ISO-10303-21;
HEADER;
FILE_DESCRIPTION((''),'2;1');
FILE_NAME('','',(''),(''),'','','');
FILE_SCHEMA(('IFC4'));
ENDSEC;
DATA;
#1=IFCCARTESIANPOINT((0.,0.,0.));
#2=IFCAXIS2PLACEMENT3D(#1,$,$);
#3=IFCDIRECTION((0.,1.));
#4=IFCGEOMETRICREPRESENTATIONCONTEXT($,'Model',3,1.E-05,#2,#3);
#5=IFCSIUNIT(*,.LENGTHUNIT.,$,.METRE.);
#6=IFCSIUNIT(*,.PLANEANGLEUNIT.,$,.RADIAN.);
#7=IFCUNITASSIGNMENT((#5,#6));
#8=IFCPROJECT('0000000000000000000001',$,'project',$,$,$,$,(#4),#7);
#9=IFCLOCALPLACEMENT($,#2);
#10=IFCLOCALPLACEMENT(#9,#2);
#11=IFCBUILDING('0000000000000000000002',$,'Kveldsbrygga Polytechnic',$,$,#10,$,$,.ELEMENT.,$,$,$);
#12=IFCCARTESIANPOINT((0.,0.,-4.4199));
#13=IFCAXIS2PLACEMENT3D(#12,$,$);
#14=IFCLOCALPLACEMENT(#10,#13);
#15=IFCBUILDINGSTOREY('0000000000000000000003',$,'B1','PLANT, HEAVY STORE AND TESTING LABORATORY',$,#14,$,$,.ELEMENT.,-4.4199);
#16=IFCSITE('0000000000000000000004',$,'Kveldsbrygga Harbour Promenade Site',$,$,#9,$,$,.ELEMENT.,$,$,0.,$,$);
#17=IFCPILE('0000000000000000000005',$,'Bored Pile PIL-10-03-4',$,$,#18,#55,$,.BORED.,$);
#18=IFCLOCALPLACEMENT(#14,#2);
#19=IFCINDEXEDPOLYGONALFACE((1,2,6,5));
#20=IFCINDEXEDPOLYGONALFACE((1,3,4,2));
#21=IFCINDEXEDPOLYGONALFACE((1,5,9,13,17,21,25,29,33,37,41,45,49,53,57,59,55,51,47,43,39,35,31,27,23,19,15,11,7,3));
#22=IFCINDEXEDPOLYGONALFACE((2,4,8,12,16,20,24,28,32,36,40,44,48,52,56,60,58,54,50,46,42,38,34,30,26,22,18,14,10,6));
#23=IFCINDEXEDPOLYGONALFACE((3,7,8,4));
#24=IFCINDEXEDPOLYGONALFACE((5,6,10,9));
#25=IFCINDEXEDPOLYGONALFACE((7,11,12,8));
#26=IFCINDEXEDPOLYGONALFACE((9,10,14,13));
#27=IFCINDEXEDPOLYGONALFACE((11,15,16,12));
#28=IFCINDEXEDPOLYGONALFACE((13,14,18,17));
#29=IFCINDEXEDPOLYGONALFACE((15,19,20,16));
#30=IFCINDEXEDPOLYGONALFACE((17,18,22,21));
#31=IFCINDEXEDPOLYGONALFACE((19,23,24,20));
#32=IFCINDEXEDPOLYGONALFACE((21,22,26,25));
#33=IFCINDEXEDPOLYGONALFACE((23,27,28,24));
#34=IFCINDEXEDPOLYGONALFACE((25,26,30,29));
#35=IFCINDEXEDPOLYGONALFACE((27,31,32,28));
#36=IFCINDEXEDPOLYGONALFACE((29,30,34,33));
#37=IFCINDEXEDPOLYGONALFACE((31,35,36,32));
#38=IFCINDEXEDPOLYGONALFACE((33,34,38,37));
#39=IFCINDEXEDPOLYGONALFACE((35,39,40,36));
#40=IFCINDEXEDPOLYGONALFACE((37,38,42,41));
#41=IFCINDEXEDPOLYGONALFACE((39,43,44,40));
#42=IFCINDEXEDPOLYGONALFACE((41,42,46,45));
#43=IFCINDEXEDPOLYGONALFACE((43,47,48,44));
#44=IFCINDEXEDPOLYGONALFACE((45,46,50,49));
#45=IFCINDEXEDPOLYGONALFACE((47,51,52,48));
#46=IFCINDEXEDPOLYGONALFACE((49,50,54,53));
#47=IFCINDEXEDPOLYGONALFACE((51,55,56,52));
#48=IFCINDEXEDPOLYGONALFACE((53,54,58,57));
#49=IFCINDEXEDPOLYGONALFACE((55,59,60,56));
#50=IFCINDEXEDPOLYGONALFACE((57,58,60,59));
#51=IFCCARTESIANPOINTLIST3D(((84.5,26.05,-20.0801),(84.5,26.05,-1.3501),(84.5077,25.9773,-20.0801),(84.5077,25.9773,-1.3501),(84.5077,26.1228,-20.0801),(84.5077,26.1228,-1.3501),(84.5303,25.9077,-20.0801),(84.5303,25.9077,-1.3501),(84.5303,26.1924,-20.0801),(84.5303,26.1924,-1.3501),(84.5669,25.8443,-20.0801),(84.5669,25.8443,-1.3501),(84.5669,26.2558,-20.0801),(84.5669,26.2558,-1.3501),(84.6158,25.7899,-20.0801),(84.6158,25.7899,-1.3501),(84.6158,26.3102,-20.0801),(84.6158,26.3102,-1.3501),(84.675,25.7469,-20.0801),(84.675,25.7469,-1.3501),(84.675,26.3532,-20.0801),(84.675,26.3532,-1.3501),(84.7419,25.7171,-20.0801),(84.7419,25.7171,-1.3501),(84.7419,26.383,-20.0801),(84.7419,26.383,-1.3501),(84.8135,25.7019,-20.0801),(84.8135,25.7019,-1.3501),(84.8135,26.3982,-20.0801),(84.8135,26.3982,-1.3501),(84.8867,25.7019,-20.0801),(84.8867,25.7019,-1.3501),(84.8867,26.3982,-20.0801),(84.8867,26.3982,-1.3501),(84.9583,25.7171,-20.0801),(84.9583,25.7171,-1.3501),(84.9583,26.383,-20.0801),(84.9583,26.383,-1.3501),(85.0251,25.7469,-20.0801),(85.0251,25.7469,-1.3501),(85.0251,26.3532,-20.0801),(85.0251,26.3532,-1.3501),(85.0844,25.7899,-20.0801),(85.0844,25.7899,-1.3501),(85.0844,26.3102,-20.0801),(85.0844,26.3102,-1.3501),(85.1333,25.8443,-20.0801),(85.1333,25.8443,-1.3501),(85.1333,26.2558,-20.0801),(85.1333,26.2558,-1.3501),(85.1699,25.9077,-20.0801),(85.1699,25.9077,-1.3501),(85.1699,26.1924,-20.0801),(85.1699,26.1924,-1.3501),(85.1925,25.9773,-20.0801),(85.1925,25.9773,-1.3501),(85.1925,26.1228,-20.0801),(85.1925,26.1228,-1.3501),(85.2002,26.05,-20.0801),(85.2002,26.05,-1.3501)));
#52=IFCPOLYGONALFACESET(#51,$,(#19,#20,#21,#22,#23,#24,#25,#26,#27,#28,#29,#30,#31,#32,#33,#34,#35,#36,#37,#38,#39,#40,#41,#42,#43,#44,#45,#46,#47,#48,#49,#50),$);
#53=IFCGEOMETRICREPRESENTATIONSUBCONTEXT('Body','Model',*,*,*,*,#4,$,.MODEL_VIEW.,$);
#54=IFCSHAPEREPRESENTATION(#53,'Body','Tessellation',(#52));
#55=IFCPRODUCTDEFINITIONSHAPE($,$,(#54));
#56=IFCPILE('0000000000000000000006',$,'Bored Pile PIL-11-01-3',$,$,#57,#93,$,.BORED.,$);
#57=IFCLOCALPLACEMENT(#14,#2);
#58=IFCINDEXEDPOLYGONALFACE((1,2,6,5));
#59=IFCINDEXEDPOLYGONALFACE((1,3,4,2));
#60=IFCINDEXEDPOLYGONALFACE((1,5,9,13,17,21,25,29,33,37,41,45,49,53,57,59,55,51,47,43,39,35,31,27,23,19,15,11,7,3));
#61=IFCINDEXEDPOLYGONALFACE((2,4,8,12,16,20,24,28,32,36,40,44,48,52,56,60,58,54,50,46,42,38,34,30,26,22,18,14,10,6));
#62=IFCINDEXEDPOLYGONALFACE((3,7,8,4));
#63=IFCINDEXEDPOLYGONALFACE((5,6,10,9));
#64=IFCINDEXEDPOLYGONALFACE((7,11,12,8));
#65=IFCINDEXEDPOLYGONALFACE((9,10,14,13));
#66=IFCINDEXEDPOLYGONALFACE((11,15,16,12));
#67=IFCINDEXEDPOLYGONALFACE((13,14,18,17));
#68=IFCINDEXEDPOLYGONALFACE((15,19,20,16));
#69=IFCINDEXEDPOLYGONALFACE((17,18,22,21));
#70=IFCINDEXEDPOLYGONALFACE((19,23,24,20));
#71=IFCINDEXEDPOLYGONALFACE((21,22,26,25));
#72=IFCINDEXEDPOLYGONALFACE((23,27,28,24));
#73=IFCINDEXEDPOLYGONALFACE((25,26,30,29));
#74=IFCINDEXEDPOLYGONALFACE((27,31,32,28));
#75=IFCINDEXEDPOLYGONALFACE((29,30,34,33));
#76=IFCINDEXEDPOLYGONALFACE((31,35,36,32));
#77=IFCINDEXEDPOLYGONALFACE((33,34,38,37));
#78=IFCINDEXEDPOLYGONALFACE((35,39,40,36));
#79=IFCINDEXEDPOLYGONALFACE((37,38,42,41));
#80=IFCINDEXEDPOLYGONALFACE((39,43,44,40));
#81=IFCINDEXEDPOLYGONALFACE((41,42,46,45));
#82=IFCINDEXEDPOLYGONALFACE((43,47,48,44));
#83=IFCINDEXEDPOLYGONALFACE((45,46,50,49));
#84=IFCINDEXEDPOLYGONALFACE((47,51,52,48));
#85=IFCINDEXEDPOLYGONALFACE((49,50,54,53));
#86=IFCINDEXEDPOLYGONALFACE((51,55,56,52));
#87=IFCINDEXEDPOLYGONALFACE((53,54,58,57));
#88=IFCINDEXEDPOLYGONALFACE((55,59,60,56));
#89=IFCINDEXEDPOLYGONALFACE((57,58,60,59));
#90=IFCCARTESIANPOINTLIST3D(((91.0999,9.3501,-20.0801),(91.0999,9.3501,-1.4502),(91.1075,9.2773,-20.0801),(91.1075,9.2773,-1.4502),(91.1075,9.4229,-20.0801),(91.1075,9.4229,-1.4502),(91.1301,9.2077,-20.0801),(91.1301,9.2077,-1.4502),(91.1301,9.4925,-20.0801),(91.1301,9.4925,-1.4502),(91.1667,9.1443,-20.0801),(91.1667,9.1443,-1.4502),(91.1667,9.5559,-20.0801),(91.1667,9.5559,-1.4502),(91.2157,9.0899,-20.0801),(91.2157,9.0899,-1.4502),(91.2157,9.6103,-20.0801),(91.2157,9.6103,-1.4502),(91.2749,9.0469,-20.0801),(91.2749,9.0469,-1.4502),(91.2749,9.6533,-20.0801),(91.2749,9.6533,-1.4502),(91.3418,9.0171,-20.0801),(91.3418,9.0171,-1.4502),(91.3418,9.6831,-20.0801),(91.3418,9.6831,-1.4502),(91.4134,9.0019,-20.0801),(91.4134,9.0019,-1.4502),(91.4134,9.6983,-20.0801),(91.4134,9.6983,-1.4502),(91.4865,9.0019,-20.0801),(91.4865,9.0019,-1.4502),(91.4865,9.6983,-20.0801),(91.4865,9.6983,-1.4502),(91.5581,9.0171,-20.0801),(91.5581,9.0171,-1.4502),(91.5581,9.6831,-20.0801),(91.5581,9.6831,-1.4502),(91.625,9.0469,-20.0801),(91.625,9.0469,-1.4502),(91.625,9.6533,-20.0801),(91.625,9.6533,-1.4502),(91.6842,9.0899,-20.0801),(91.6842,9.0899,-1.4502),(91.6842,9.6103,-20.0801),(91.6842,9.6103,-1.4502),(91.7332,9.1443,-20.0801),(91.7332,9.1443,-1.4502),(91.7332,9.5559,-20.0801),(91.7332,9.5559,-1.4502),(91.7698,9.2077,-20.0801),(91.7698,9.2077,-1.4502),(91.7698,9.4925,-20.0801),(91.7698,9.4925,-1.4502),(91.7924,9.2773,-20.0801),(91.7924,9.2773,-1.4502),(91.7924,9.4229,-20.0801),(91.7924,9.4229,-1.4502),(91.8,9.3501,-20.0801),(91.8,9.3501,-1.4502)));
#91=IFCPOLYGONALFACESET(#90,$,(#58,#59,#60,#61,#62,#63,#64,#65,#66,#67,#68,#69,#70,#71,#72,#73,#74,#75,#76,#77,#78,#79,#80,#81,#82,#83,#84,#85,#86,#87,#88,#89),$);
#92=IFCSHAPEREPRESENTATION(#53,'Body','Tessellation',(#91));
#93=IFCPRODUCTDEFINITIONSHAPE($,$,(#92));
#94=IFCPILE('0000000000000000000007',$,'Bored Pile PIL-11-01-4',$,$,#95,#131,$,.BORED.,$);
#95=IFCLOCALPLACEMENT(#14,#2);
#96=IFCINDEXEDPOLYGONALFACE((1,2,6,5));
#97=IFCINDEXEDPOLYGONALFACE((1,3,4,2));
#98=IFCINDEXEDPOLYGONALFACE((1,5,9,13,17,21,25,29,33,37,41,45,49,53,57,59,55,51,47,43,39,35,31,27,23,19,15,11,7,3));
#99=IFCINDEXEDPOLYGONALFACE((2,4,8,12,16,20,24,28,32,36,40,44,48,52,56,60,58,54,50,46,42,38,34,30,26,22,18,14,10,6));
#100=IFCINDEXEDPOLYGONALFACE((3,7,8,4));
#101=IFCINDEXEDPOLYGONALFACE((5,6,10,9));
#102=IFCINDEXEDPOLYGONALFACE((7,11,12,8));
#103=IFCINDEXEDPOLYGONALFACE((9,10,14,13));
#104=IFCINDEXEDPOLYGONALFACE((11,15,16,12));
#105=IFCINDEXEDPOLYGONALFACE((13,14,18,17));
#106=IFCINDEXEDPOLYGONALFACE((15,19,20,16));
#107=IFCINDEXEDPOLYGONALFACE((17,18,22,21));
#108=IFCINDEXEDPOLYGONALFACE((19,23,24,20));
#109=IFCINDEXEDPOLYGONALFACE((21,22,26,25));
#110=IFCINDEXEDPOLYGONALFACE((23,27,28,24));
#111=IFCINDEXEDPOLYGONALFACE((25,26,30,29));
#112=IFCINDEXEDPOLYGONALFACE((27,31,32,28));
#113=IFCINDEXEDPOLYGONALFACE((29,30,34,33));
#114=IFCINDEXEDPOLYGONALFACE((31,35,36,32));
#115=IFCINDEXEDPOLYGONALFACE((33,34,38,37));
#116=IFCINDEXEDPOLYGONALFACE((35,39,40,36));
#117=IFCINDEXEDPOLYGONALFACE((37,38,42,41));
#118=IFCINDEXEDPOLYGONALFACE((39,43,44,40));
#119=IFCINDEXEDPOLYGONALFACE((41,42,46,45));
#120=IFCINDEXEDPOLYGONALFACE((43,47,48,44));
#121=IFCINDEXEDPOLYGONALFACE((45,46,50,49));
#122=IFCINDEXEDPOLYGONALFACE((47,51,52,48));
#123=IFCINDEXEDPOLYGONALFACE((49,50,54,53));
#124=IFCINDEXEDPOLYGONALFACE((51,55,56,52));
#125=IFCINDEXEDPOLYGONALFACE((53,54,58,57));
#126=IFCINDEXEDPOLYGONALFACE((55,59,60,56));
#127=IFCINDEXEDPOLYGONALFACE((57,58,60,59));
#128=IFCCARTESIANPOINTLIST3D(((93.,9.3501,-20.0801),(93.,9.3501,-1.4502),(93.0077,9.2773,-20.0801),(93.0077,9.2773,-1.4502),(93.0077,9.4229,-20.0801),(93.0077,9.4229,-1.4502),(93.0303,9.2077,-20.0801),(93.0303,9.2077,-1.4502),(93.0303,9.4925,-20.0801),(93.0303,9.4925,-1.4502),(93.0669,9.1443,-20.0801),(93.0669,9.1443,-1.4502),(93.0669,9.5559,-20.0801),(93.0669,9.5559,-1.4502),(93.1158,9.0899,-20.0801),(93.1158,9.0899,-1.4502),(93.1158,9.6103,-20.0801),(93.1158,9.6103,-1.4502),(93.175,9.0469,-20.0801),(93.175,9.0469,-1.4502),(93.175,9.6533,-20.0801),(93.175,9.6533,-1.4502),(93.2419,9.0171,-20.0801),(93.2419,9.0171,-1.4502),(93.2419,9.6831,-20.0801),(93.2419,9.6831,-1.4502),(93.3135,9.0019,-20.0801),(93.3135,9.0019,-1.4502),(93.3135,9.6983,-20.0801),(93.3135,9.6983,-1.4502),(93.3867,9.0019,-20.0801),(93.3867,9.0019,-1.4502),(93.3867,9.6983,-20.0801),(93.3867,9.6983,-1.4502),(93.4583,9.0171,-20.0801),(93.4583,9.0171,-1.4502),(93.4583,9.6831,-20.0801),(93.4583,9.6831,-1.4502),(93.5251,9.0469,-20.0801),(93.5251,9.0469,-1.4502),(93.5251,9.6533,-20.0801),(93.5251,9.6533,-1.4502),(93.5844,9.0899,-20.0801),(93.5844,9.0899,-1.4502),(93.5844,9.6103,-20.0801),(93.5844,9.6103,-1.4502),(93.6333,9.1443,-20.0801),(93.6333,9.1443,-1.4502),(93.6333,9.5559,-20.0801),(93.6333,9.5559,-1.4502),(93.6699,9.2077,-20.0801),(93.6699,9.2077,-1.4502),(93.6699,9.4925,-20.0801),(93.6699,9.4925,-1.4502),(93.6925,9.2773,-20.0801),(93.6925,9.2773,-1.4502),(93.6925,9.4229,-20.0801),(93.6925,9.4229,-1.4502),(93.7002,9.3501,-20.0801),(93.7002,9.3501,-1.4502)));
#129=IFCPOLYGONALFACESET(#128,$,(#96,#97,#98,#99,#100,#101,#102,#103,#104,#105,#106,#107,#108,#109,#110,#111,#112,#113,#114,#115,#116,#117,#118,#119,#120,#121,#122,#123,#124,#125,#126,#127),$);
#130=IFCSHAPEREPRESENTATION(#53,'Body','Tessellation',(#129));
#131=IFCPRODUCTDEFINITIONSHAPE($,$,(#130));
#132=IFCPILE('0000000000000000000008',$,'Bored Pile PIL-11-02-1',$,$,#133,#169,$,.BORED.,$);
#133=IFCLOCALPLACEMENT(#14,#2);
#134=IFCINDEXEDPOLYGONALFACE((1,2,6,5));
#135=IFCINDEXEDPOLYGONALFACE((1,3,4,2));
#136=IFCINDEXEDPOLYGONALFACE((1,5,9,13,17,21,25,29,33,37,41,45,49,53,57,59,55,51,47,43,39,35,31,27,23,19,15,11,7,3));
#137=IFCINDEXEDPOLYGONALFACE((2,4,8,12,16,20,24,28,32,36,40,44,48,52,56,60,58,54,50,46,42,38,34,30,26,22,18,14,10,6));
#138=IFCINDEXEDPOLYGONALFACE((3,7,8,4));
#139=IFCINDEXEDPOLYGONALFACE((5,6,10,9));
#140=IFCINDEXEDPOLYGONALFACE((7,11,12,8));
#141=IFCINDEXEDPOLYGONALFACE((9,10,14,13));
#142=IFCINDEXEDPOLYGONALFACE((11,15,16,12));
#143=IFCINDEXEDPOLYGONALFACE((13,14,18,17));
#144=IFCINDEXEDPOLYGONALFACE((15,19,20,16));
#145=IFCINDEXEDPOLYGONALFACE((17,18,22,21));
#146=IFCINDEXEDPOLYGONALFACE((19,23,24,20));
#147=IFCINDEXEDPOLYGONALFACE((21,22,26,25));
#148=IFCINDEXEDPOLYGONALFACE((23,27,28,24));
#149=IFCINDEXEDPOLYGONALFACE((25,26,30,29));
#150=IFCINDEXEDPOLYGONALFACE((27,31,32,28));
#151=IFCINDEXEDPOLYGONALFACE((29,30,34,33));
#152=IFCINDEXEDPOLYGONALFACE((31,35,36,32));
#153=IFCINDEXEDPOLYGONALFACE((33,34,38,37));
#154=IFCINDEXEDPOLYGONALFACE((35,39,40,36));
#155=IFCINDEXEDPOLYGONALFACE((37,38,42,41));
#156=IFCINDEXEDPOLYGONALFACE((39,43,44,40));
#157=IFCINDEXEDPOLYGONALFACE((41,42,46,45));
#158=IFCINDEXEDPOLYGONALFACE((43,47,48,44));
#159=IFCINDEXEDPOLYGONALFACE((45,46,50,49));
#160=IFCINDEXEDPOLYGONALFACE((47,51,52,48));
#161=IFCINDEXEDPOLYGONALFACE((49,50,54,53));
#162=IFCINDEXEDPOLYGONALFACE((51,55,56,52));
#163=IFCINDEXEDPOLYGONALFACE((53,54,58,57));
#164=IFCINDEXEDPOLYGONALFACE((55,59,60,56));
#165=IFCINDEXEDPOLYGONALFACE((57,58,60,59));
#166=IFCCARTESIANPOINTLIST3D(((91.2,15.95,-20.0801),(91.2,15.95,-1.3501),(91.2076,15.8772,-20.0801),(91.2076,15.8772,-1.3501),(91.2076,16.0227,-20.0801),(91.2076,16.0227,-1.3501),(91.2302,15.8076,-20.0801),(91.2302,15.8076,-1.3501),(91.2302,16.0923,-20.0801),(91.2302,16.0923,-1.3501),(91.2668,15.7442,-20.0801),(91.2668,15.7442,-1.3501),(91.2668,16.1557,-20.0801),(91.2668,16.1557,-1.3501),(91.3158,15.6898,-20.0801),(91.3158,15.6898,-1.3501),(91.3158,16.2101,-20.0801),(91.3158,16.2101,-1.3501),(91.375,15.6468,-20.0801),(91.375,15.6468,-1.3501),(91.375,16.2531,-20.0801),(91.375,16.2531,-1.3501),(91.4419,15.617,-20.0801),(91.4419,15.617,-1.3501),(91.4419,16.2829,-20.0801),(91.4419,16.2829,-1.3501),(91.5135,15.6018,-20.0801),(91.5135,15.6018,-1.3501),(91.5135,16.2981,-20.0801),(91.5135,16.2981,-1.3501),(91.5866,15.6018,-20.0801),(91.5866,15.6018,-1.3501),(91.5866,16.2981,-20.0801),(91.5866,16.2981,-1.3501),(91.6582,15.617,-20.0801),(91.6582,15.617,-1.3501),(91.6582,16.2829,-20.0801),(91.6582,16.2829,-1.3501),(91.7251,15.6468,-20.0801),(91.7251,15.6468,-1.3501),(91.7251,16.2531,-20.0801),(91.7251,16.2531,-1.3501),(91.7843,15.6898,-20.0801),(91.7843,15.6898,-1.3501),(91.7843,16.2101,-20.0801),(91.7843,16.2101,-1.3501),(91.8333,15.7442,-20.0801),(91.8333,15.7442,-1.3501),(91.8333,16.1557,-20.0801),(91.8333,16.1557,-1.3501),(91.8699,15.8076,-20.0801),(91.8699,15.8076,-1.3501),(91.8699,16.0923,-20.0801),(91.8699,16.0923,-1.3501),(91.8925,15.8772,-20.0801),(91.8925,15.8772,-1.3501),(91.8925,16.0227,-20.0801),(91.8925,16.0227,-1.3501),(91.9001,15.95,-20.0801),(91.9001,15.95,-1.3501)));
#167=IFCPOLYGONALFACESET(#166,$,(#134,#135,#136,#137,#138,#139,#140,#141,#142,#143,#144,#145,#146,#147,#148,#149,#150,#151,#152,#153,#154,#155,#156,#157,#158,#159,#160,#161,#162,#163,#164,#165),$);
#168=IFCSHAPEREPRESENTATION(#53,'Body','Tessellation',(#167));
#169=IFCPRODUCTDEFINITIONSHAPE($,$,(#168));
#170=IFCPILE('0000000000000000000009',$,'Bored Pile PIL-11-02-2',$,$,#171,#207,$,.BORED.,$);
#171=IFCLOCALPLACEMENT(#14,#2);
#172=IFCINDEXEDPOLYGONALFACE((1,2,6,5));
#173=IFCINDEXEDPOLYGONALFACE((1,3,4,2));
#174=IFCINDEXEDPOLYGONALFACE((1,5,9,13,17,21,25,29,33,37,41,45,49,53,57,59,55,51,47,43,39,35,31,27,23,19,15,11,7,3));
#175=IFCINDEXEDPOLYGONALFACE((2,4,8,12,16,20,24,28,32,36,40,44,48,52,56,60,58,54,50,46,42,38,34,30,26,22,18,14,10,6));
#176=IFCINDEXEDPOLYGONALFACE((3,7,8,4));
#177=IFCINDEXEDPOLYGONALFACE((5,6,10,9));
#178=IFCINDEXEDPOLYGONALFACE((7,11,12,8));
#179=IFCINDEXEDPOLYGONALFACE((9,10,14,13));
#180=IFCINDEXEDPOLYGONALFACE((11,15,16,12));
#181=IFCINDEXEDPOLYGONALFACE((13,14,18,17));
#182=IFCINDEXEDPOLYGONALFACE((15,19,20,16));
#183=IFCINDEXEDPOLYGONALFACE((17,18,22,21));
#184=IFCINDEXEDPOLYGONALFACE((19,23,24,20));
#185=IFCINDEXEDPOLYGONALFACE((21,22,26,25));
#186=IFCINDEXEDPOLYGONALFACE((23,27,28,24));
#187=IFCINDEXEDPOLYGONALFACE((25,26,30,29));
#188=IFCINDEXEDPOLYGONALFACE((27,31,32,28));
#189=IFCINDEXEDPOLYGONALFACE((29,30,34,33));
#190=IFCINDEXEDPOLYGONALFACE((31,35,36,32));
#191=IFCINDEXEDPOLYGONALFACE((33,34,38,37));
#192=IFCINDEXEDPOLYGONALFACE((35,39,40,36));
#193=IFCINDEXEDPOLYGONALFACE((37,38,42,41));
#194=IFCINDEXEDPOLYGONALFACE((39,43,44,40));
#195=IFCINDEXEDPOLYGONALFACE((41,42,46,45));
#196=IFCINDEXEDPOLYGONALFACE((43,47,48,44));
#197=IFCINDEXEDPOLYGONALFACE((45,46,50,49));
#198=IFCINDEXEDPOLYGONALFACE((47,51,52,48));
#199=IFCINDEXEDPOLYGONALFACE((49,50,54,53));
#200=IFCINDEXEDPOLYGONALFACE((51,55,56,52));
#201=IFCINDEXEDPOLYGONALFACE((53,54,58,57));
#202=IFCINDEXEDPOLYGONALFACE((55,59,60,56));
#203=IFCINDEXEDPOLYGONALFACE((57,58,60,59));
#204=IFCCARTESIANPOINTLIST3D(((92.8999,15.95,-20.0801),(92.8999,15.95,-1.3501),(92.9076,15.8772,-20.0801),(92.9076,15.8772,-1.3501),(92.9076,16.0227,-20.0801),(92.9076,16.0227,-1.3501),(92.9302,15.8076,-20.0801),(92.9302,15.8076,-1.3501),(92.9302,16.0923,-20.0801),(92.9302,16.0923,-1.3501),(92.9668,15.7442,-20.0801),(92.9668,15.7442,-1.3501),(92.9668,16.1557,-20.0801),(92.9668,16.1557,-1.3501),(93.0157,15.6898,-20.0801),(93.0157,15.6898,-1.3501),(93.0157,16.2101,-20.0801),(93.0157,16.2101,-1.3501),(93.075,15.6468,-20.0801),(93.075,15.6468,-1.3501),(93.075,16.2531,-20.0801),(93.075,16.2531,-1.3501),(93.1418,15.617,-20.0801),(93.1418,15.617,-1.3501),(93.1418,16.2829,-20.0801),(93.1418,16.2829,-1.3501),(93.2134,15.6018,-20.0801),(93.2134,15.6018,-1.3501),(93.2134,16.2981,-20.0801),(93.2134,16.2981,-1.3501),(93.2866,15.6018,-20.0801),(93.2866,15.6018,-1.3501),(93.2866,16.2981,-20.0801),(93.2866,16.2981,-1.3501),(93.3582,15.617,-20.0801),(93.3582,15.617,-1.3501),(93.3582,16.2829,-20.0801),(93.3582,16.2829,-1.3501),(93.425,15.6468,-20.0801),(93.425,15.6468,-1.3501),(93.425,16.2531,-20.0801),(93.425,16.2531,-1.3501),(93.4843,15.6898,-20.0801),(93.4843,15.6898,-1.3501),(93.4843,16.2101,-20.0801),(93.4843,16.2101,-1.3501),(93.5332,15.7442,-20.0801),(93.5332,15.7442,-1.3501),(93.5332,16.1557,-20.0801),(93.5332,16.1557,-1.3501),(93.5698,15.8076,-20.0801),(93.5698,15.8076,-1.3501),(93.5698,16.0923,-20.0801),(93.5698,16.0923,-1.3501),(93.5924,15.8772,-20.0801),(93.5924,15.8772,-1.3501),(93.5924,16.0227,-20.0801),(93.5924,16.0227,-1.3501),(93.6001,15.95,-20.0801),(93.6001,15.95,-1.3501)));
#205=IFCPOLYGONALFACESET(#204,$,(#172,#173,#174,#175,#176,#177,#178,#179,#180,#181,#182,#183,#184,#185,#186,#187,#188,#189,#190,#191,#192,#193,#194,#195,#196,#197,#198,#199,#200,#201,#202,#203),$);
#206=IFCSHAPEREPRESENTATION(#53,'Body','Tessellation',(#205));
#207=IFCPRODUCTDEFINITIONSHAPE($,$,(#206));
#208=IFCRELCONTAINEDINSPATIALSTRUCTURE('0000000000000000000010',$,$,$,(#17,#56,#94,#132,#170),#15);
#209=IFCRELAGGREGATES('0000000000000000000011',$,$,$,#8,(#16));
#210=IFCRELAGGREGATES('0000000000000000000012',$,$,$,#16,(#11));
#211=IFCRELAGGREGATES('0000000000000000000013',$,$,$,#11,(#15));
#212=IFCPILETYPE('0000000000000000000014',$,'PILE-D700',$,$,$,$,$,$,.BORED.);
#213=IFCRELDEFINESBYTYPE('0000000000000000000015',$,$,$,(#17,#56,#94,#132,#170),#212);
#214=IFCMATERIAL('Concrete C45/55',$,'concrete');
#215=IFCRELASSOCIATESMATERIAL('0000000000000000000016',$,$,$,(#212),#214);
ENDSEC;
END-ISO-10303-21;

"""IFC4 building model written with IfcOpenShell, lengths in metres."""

from ifc_helpers import new_model, si_unit, direction, frame, origin, origin_2d, place, context, subcontext, project, spatial, circle, extrude, material, material_profile, profile_set, type_object, element, save


model = new_model("IFC4")

# Units and contexts
model_context = context("Model", 3, precision=1e-05, world=origin(), true_north=direction((0.0, 1.0)))
body_context = subcontext(model_context, "Body", "Model", "MODEL_VIEW")
ifc_project = project(units=[si_unit("LENGTHUNIT", "METRE"), si_unit("PLANEANGLEUNIT", "RADIAN")], contexts=[model_context])

# Site, building, storey
site_placement = place(None, origin())
site = spatial("IfcSite", under=ifc_project, at=site_placement, Name="Kveldsbrygga Harbour Promenade Site", CompositionType="ELEMENT", RefElevation=0.0)
building_placement = place(site_placement, origin())
building = spatial("IfcBuilding", under=site, at=building_placement, Name="Kveldsbrygga Polytechnic", CompositionType="ELEMENT")
storey_placement = place(building_placement, frame((0.0, 0.0, -4.4199)))
storey = spatial("IfcBuildingStorey", under=building, at=storey_placement, Name="B1", Description="PLANT, HEAVY STORE AND TESTING LABORATORY", CompositionType="ELEMENT", Elevation=-4.4199)

# Shared definitions
ifc_material_1 = material(Name="Concrete C45/55", Category="concrete")

# Piles
ifc_material_profile_1 = material_profile(ifc_material_1, circle(Radius=0.3501, at=origin_2d()), Name="PILE D700")
ifc_profile_set_1 = profile_set([ifc_material_profile_1], Name="Concrete C45/55")
pile_type = type_object("IfcPileType", Name="PILE-D700", PredefinedType="BORED", material=ifc_profile_set_1)
for number, where, z_axis, x_axis, name in (
    (1, (84.8501, 26.05, -1.3501), (0.0, 0.0, -1.0), (1.0, 0.0, 0.0), "Bored Pile PIL-10-03-4"),
):
    element("IfcPile", number, at=place(storey_placement, frame(where, z_axis=z_axis, x_axis=x_axis)), inside=storey, type_object=pile_type, Name=name, PredefinedType="BORED", context=body_context, shape_type="SweptSolid", body=[
        extrude(circle(Radius=0.3501, at=origin_2d()), origin(), (0.0, 0.0, 1.0), 18.73),
    ])
for number, where, z_axis, x_axis, name in (
    (2, (91.45, 9.3501, -1.4502), (0.0, 0.0, -1.0), (1.0, 0.0, 0.0), "Bored Pile PIL-11-01-3"),
    (3, (93.3501, 9.3501, -1.4502), (0.0, 0.0, -1.0), (1.0, 0.0, 0.0), "Bored Pile PIL-11-01-4"),
):
    element("IfcPile", number, at=place(storey_placement, frame(where, z_axis=z_axis, x_axis=x_axis)), inside=storey, type_object=pile_type, Name=name, PredefinedType="BORED", context=body_context, shape_type="SweptSolid", body=[
        extrude(circle(Radius=0.3501, at=origin_2d()), origin(), (0.0, 0.0, 1.0), 18.6299),
    ])
for number, where, z_axis, x_axis, name in (
    (4, (91.55, 15.95, -1.3501), (0.0, 0.0, -1.0), (1.0, 0.0, 0.0), "Bored Pile PIL-11-02-1"),
    (5, (93.25, 15.95, -1.3501), (0.0, 0.0, -1.0), (1.0, 0.0, 0.0), "Bored Pile PIL-11-02-2"),
):
    element("IfcPile", number, at=place(storey_placement, frame(where, z_axis=z_axis, x_axis=x_axis)), inside=storey, type_object=pile_type, Name=name, PredefinedType="BORED", context=body_context, shape_type="SweptSolid", body=[
        extrude(circle(Radius=0.3501, at=origin_2d()), origin(), (0.0, 0.0, 1.0), 18.73),
    ])

save(model, "model.ifc")
